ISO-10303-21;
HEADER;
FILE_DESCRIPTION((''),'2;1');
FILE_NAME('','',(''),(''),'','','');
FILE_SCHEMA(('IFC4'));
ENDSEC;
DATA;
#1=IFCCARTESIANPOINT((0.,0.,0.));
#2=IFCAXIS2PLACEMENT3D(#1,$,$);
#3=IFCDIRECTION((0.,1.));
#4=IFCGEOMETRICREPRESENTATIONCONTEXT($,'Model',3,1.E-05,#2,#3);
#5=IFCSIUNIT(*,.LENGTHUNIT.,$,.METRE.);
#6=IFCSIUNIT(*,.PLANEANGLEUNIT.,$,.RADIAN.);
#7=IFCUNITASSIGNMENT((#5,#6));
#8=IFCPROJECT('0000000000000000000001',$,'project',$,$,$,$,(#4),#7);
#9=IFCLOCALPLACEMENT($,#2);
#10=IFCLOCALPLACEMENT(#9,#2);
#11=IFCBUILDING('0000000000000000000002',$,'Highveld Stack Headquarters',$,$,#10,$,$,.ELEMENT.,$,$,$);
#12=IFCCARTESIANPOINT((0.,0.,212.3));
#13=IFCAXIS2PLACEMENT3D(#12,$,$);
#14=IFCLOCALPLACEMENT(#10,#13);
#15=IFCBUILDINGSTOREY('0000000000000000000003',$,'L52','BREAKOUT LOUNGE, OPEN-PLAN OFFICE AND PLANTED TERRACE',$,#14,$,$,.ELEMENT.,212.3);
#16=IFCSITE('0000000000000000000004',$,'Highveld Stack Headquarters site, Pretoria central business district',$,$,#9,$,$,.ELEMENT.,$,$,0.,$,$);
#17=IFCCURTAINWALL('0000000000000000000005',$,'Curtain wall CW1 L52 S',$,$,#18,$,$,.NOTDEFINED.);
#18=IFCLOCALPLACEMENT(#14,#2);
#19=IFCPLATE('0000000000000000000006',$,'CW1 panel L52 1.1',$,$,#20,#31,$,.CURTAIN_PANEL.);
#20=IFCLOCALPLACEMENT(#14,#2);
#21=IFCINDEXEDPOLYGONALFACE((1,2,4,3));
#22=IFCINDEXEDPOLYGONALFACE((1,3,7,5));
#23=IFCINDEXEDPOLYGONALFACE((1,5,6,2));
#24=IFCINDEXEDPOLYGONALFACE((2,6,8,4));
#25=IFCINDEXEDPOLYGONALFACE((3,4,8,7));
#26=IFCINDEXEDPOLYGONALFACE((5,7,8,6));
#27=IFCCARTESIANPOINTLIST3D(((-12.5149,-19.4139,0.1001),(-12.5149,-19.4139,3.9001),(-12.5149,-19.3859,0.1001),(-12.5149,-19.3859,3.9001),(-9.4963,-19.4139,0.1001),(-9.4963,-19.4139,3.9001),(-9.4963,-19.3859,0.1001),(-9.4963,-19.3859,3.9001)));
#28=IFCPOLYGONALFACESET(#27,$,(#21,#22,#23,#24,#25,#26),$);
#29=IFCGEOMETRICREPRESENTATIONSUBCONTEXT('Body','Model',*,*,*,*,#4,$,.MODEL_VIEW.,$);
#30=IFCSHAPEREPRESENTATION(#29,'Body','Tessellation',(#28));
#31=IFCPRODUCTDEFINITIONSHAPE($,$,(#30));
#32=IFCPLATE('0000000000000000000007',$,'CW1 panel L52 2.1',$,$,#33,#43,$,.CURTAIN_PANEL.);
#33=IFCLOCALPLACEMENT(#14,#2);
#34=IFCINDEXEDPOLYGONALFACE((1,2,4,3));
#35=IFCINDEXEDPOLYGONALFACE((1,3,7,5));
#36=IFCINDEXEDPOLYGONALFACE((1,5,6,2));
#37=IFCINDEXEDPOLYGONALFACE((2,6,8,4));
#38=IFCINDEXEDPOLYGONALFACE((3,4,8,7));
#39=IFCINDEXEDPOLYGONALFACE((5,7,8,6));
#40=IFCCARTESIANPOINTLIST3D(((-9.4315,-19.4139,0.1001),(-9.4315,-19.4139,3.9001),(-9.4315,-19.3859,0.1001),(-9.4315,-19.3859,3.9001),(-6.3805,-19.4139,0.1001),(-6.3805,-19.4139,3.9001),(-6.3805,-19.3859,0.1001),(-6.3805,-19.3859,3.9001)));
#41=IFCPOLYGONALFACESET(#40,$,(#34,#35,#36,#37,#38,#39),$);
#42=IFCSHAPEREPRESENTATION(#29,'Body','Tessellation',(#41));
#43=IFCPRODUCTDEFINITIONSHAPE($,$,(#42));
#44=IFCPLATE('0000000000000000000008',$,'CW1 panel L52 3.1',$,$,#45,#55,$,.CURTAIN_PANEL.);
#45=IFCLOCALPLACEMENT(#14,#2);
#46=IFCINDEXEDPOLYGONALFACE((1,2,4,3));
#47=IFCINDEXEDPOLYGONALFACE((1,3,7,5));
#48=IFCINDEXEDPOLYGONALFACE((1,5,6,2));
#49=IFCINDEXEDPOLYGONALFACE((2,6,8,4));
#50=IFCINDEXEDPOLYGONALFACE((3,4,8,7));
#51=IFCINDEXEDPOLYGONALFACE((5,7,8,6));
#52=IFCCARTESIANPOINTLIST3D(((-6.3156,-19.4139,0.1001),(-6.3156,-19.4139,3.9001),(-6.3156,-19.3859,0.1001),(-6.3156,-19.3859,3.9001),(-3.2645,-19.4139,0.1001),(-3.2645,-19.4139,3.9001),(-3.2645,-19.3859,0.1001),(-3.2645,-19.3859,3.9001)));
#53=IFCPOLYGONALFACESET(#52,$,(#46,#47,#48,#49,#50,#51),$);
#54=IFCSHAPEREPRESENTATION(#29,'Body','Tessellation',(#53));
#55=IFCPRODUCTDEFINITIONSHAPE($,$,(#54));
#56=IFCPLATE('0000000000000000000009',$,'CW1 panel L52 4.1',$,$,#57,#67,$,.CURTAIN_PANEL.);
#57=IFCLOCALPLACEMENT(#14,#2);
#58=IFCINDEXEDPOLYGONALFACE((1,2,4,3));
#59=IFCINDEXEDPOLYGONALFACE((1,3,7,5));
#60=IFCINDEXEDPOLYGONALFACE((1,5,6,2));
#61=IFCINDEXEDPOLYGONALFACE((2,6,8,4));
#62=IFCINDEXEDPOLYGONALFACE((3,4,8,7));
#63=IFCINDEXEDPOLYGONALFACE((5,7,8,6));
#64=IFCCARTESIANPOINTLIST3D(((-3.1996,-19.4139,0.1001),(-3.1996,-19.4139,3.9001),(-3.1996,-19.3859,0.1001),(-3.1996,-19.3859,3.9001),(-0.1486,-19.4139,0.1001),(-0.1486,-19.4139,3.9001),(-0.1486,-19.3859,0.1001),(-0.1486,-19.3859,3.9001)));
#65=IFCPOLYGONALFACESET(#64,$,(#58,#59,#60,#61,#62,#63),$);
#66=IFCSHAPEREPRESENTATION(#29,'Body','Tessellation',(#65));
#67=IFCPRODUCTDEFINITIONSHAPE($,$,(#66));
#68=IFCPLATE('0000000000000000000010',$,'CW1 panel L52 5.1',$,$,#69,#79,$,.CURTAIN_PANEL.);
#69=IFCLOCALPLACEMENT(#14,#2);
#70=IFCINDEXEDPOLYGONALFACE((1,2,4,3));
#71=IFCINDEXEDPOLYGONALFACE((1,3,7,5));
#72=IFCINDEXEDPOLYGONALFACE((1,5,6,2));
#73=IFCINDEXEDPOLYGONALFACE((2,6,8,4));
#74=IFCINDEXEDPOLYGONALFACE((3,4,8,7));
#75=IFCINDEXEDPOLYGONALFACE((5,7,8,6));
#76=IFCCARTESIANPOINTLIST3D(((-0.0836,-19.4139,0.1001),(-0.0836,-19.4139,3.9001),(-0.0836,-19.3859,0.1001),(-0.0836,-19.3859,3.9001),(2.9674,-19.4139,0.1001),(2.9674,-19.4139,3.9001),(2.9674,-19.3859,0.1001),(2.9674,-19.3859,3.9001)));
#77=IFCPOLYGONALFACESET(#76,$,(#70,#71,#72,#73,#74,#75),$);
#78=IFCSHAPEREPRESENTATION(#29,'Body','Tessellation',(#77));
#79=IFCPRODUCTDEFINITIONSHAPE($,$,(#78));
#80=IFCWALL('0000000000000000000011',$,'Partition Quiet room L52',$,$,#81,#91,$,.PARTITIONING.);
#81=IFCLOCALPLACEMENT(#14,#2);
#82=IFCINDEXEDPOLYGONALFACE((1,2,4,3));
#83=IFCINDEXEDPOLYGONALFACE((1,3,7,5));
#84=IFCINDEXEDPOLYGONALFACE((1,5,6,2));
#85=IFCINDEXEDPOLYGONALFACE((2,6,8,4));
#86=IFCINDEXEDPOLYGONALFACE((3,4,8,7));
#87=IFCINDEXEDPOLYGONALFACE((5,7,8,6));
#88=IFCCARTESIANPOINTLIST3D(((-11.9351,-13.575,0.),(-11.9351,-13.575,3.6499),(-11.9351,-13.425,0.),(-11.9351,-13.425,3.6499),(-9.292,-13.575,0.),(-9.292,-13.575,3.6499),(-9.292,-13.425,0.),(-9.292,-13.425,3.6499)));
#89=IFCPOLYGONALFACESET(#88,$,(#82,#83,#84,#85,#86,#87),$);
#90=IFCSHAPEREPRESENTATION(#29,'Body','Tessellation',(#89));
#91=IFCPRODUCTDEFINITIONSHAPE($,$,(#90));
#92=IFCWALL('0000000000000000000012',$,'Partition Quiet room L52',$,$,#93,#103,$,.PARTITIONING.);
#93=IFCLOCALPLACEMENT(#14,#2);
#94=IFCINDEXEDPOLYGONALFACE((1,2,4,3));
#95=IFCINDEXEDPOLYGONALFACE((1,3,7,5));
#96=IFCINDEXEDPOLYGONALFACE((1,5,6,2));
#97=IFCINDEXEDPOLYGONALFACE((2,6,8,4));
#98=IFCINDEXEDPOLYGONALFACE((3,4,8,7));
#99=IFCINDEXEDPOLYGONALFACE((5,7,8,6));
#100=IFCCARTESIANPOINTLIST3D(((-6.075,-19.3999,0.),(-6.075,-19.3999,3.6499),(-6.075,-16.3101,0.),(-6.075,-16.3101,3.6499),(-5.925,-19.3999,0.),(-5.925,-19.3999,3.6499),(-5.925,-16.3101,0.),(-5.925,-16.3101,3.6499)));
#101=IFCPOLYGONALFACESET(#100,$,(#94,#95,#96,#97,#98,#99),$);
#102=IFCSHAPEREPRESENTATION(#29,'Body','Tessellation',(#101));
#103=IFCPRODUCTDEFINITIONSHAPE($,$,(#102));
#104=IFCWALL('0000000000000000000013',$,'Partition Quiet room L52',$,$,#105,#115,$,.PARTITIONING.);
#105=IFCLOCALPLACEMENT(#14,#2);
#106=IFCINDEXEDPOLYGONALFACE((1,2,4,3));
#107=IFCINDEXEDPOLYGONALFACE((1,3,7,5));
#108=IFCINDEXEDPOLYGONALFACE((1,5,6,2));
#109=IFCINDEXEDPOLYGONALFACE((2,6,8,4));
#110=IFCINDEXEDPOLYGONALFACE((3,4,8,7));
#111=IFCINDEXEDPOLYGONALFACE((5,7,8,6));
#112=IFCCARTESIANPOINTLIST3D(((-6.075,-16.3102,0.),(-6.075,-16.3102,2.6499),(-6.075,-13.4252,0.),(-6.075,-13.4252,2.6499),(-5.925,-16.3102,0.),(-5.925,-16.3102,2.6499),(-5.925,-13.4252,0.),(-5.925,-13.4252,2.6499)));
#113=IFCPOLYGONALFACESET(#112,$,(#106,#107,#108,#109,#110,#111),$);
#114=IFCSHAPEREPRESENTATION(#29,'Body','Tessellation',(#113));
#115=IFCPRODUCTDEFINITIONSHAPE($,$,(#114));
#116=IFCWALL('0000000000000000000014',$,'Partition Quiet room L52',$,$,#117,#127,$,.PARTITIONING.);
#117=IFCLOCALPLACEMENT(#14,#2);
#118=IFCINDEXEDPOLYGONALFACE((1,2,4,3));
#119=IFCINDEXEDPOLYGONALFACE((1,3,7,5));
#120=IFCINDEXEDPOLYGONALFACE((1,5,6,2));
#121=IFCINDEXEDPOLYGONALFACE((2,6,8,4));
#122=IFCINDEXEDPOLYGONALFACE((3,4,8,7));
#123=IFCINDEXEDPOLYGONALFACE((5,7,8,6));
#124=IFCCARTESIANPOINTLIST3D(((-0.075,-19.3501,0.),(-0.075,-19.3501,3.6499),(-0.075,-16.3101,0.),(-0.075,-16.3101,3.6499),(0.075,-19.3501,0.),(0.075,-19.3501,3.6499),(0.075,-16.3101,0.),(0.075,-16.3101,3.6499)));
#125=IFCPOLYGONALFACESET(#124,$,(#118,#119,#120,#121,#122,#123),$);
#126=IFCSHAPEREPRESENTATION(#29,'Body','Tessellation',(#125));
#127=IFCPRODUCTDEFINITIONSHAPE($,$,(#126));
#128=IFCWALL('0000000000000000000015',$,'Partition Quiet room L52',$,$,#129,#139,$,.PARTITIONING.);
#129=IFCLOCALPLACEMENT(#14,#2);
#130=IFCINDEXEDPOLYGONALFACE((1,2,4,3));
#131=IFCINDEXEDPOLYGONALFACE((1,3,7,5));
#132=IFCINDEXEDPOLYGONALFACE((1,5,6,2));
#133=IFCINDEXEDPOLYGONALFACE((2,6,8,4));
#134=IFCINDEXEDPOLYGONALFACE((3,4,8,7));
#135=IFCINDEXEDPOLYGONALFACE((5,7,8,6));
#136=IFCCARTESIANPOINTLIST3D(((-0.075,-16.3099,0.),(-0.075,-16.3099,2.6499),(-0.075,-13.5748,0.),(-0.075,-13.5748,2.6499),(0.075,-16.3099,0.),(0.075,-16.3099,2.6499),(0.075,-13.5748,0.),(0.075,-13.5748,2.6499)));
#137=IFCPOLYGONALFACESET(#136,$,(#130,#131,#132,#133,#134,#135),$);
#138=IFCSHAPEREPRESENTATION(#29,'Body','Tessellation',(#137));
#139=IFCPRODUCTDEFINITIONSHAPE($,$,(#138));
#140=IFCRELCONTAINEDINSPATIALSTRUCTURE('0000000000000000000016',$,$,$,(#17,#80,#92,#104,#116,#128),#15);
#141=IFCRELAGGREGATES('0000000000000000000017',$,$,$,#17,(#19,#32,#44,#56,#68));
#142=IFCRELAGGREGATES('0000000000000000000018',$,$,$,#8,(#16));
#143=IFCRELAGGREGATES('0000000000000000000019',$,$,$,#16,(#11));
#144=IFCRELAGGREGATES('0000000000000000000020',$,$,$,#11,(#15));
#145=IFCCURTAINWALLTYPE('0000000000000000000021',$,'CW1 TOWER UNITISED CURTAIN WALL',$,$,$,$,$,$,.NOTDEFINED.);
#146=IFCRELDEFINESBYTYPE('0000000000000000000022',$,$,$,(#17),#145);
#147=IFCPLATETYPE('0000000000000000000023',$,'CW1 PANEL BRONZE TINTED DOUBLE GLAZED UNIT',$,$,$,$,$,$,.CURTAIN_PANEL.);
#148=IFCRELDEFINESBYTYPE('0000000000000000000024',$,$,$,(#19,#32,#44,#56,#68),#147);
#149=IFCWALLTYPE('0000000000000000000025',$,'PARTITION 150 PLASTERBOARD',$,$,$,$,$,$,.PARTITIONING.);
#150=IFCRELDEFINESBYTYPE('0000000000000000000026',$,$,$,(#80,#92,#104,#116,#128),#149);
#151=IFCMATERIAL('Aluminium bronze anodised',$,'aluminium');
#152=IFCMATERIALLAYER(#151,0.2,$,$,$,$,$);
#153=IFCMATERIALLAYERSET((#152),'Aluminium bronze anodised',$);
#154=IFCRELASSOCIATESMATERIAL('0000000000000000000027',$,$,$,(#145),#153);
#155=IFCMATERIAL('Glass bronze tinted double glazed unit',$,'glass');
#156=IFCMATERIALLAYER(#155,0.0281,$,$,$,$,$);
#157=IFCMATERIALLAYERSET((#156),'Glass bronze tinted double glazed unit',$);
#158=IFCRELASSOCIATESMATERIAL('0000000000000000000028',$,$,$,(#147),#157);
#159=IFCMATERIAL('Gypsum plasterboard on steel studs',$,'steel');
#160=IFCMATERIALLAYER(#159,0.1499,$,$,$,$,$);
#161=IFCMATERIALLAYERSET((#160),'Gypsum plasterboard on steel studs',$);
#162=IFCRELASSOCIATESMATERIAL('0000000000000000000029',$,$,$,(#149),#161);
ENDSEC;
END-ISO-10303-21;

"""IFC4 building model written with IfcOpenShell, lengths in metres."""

from ifc_helpers import new_model, si_unit, direction, frame, frame_2d, origin, origin_2d, place, context, subcontext, project, spatial, rectangle, extrude, material, layer, layer_set, type_object, element, aggregate, save


model = new_model("IFC4")

# Units and contexts
model_context = context("Model", 3, precision=1e-05, world=origin(), true_north=direction((0.0, 1.0)))
body_context = subcontext(model_context, "Body", "Model", "MODEL_VIEW")
ifc_project = project(units=[si_unit("LENGTHUNIT", "METRE"), si_unit("PLANEANGLEUNIT", "RADIAN")], contexts=[model_context])

# Site, building, storey
site_placement = place(None, origin())
site = spatial("IfcSite", under=ifc_project, at=site_placement, Name="Highveld Stack Headquarters site, Pretoria central business district", CompositionType="ELEMENT", RefElevation=0.0)
building_placement = place(site_placement, origin())
building = spatial("IfcBuilding", under=site, at=building_placement, Name="Highveld Stack Headquarters", CompositionType="ELEMENT")
storey_placement = place(building_placement, frame((0.0, 0.0, 212.3)))
storey = spatial("IfcBuildingStorey", under=building, at=storey_placement, Name="L52", Description="BREAKOUT LOUNGE, OPEN-PLAN OFFICE AND PLANTED TERRACE", CompositionType="ELEMENT", Elevation=212.3)

# Curtain wall
ifc_material_1 = material(Name="Aluminium bronze anodised", Category="aluminium")
ifc_layer_1 = layer(ifc_material_1, 0.2)
ifc_layer_set_1 = layer_set([ifc_layer_1], Name="Aluminium bronze anodised")
curtain_wall_type = type_object("IfcCurtainWallType", Name="CW1 TOWER UNITISED CURTAIN WALL", PredefinedType="NOTDEFINED", material=ifc_layer_set_1)
curtain_wall_placement = place(storey_placement, origin())
curtain_wall = element("IfcCurtainWall", 1, at=curtain_wall_placement, inside=storey, type_object=curtain_wall_type, Name="Curtain wall CW1 L52 S", PredefinedType="NOTDEFINED")

# Plates
ifc_material_2 = material(Name="Glass bronze tinted double glazed unit", Category="glass")
ifc_layer_2 = layer(ifc_material_2, 0.0281)
ifc_layer_set_2 = layer_set([ifc_layer_2], Name="Glass bronze tinted double glazed unit")
plate_type = type_object("IfcPlateType", Name="CW1 PANEL BRONZE TINTED DOUBLE GLAZED UNIT", PredefinedType="CURTAIN_PANEL", material=ifc_layer_set_2)
plate_1_placement = place(storey_placement, frame((-11.0056, -19.3999, 0.1001), z_axis=(0.0, 0.0, 1.0), x_axis=(1.0, 0.0, 0.0)))
plate_1 = element("IfcPlate", 2, at=plate_1_placement, type_object=plate_type, Name="CW1 panel L52 1.1", PredefinedType="CURTAIN_PANEL", context=body_context, shape_type="SweptSolid", body=[
    extrude(rectangle(XDim=3.0186, YDim=0.0281, at=origin_2d()), origin(), (0.0, 0.0, 1.0), 3.8),
])
plate_2_placement = place(storey_placement, frame((-7.906, -19.3999, 0.1001), z_axis=(0.0, 0.0, 1.0), x_axis=(1.0, 0.0, 0.0)))
plate_2 = element("IfcPlate", 3, at=plate_2_placement, type_object=plate_type, Name="CW1 panel L52 2.1", PredefinedType="CURTAIN_PANEL", context=body_context, shape_type="SweptSolid", body=[
    extrude(rectangle(XDim=3.051, YDim=0.0281, at=origin_2d()), origin(), (0.0, 0.0, 1.0), 3.8),
])
plate_3_placement = place(storey_placement, frame((-4.79, -19.3999, 0.1001), z_axis=(0.0, 0.0, 1.0), x_axis=(1.0, 0.0, 0.0)))
plate_3 = element("IfcPlate", 4, at=plate_3_placement, type_object=plate_type, Name="CW1 panel L52 3.1", PredefinedType="CURTAIN_PANEL", context=body_context, shape_type="SweptSolid", body=[
    extrude(rectangle(XDim=3.051, YDim=0.0281, at=origin_2d()), origin(), (0.0, 0.0, 1.0), 3.8),
])
plate_4_placement = place(storey_placement, frame((-1.6741, -19.3999, 0.1001), z_axis=(0.0, 0.0, 1.0), x_axis=(1.0, 0.0, 0.0)))
plate_4 = element("IfcPlate", 5, at=plate_4_placement, type_object=plate_type, Name="CW1 panel L52 4.1", PredefinedType="CURTAIN_PANEL", context=body_context, shape_type="SweptSolid", body=[
    extrude(rectangle(XDim=3.051, YDim=0.0281, at=origin_2d()), origin(), (0.0, 0.0, 1.0), 3.8),
])
plate_5_placement = place(storey_placement, frame((1.4419, -19.3999, 0.1001), z_axis=(0.0, 0.0, 1.0), x_axis=(1.0, 0.0, 0.0)))
plate_5 = element("IfcPlate", 6, at=plate_5_placement, type_object=plate_type, Name="CW1 panel L52 5.1", PredefinedType="CURTAIN_PANEL", context=body_context, shape_type="SweptSolid", body=[
    extrude(rectangle(XDim=3.051, YDim=0.0281, at=origin_2d()), origin(), (0.0, 0.0, 1.0), 3.8),
])
aggregate(curtain_wall, [plate_1, plate_2, plate_3, plate_4, plate_5])

# Walls
ifc_material_3 = material(Name="Gypsum plasterboard on steel studs", Category="steel")
ifc_layer_3 = layer(ifc_material_3, 0.1499)
ifc_layer_set_3 = layer_set([ifc_layer_3], Name="Gypsum plasterboard on steel studs")
wall_type = type_object("IfcWallType", Name="PARTITION 150 PLASTERBOARD", PredefinedType="PARTITIONING", material=ifc_layer_set_3)
wall_1_placement = place(storey_placement, frame((-11.9351, -13.5, 0.0), z_axis=(0.0, 0.0, 1.0), x_axis=(1.0, 0.0, 0.0)))
element("IfcWall", 7, at=wall_1_placement, inside=storey, type_object=wall_type, Name="Partition Quiet room L52", PredefinedType="PARTITIONING", context=body_context, shape_type="SweptSolid", body=[
    extrude(rectangle(XDim=2.6431, YDim=0.1499, at=frame_2d((1.3215, 0.0))), origin(), (0.0, 0.0, 1.0), 3.6499),
])
wall_2_placement = place(storey_placement, frame((-6.0, -19.3999, 0.0), z_axis=(0.0, 0.0, 1.0), x_axis=(0.0, 1.0, 0.0)))
element("IfcWall", 8, at=wall_2_placement, inside=storey, type_object=wall_type, Name="Partition Quiet room L52", PredefinedType="PARTITIONING", context=body_context, shape_type="SweptSolid", body=[
    extrude(rectangle(XDim=3.0898, YDim=0.1499, at=frame_2d((1.5449, 0.0))), origin(), (0.0, 0.0, 1.0), 3.6499),
])
wall_3_placement = place(storey_placement, frame((-6.0, -16.3101, 0.0), z_axis=(0.0, 0.0, 1.0), x_axis=(0.0, 1.0, 0.0)))
element("IfcWall", 9, at=wall_3_placement, inside=storey, type_object=wall_type, Name="Partition Quiet room L52", PredefinedType="PARTITIONING", context=body_context, shape_type="SweptSolid", body=[
    extrude(rectangle(XDim=2.885, YDim=0.1499, at=frame_2d((1.4424, 0.0))), origin(), (0.0, 0.0, 1.0), 2.6499),
])
wall_4_placement = place(storey_placement, frame((0.0, -19.3501, 0.0), z_axis=(0.0, 0.0, 1.0), x_axis=(0.0, 1.0, 0.0)))
element("IfcWall", 10, at=wall_4_placement, inside=storey, type_object=wall_type, Name="Partition Quiet room L52", PredefinedType="PARTITIONING", context=body_context, shape_type="SweptSolid", body=[
    extrude(rectangle(XDim=3.04, YDim=0.1499, at=frame_2d((1.52, 0.0))), origin(), (0.0, 0.0, 1.0), 3.6499),
])
wall_5_placement = place(storey_placement, frame((0.0, -16.3101, 0.0), z_axis=(0.0, 0.0, 1.0), x_axis=(0.0, 1.0, 0.0)))
element("IfcWall", 11, at=wall_5_placement, inside=storey, type_object=wall_type, Name="Partition Quiet room L52", PredefinedType="PARTITIONING", context=body_context, shape_type="SweptSolid", body=[
    extrude(rectangle(XDim=2.7351, YDim=0.1499, at=frame_2d((1.3677, 0.0))), origin(), (0.0, 0.0, 1.0), 2.6499),
])

save(model, "model.ifc")
